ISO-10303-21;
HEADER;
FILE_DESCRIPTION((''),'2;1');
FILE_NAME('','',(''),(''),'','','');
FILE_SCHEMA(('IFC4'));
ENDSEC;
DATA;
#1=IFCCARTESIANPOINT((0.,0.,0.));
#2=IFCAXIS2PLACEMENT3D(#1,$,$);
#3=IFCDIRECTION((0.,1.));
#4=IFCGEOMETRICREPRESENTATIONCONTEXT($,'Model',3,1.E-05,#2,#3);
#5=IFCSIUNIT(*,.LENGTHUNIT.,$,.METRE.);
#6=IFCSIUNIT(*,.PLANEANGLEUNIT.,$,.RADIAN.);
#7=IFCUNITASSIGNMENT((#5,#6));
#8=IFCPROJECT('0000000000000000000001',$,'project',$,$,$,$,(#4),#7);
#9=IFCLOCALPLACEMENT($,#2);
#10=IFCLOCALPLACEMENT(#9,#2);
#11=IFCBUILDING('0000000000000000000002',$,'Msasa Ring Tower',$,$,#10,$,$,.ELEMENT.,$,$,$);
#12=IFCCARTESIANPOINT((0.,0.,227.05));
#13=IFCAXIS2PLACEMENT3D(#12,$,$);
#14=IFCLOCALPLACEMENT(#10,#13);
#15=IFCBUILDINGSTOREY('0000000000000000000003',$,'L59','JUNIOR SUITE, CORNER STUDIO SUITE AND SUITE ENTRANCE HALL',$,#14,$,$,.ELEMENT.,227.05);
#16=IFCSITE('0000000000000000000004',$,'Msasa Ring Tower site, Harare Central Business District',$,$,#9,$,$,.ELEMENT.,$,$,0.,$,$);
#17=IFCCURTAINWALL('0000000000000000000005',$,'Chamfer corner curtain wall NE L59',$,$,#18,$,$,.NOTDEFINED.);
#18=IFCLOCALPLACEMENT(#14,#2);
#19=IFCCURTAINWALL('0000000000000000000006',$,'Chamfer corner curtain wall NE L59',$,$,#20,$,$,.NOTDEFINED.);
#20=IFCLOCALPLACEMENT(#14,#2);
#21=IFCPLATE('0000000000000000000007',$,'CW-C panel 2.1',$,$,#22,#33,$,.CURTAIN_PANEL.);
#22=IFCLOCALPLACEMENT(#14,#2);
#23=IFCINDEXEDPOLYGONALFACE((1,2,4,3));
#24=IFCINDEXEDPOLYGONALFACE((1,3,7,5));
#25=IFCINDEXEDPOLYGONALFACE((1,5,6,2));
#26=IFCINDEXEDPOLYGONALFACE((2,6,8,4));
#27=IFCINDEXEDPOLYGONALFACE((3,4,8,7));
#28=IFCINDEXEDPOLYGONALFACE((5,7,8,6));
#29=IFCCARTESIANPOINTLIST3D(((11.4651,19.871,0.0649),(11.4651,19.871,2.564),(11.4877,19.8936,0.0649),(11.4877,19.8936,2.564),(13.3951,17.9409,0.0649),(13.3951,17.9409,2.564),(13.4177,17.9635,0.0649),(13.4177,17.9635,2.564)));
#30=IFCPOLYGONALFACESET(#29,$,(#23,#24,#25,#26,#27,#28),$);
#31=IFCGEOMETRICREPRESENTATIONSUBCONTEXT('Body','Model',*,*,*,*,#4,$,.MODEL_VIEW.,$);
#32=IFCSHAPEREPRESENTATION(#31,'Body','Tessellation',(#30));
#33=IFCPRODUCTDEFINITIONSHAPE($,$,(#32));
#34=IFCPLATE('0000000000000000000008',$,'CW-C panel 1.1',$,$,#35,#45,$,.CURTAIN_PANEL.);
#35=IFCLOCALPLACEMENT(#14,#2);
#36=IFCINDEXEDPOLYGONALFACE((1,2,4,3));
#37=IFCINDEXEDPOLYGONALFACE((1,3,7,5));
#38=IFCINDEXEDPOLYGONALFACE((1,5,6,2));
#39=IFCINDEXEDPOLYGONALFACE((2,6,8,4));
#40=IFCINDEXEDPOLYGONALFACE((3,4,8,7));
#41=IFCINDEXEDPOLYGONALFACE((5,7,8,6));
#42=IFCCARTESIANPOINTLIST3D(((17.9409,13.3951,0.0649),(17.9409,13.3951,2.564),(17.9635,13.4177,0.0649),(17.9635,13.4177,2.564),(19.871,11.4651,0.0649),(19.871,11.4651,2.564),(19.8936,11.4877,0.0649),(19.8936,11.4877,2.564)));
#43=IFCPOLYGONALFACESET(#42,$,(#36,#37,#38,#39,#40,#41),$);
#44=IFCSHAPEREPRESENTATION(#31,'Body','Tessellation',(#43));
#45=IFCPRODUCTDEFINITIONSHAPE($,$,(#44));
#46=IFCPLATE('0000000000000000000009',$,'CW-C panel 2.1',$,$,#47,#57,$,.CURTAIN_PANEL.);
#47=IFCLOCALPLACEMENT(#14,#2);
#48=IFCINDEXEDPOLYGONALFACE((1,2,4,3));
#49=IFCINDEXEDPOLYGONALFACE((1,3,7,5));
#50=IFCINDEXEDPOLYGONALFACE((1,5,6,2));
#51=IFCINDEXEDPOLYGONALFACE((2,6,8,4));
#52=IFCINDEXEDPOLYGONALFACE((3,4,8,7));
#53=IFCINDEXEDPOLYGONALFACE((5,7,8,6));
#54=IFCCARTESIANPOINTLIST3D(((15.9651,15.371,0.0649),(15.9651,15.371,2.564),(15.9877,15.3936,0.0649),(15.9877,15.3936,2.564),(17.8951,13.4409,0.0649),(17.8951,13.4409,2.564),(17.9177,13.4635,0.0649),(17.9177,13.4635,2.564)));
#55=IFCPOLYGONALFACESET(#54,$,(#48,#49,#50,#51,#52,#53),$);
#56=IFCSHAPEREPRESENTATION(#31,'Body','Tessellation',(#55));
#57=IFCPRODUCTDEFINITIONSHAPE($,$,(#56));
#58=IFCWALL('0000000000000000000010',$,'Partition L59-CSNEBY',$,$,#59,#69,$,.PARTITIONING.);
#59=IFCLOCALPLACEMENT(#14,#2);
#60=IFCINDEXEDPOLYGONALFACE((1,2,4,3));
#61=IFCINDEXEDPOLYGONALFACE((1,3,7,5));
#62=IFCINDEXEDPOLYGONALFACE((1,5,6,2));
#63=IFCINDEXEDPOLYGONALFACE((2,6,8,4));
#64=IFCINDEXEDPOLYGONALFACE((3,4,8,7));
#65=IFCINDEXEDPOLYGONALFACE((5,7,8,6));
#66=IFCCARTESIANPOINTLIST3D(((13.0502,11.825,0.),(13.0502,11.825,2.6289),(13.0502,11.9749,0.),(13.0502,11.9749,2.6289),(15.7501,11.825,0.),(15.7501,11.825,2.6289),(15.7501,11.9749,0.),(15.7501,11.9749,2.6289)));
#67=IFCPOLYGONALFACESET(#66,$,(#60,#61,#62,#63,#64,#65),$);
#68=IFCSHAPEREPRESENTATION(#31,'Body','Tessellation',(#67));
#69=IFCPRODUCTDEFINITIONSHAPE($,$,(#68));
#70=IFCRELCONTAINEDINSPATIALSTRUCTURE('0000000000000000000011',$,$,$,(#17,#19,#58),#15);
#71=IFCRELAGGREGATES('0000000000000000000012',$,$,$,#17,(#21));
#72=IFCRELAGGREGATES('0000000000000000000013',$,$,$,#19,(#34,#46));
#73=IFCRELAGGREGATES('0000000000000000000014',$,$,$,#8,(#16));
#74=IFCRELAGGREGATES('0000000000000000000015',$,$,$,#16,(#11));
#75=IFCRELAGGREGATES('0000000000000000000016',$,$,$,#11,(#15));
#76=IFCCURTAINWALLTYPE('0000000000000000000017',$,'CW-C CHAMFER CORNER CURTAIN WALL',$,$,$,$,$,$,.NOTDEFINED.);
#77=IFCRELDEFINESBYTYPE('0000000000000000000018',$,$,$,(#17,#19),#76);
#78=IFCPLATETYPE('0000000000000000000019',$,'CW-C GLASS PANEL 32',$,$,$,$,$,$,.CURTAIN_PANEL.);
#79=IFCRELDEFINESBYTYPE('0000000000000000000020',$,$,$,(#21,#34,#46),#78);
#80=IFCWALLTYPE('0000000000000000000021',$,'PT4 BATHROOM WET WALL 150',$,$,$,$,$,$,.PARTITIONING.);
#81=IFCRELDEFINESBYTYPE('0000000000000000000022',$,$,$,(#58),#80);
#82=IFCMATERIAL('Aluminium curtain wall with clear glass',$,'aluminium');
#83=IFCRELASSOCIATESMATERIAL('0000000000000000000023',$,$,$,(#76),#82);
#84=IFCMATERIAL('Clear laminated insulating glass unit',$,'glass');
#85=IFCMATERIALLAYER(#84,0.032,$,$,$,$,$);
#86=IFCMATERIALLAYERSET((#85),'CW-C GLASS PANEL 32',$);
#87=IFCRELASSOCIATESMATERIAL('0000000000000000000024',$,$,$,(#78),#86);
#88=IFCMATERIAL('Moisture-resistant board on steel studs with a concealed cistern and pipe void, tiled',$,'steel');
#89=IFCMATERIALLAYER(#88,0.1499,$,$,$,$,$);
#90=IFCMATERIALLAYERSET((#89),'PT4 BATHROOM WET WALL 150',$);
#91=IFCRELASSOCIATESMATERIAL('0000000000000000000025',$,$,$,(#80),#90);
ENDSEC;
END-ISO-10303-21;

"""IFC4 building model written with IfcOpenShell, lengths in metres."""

from ifc_helpers import new_model, si_unit, direction, frame, frame_2d, origin, origin_2d, place, context, subcontext, project, spatial, rectangle, extrude, material, layer, layer_set, type_object, element, aggregate, save


model = new_model("IFC4")

# Units and contexts
model_context = context("Model", 3, precision=1e-05, world=origin(), true_north=direction((0.0, 1.0)))
body_context = subcontext(model_context, "Body", "Model", "MODEL_VIEW")
ifc_project = project(units=[si_unit("LENGTHUNIT", "METRE"), si_unit("PLANEANGLEUNIT", "RADIAN")], contexts=[model_context])

# Site, building, storey
site_placement = place(None, origin())
site = spatial("IfcSite", under=ifc_project, at=site_placement, Name="Msasa Ring Tower site, Harare Central Business District", CompositionType="ELEMENT", RefElevation=0.0)
building_placement = place(site_placement, origin())
building = spatial("IfcBuilding", under=site, at=building_placement, Name="Msasa Ring Tower", CompositionType="ELEMENT")
storey_placement = place(building_placement, frame((0.0, 0.0, 227.05)))
storey = spatial("IfcBuildingStorey", under=building, at=storey_placement, Name="L59", Description="JUNIOR SUITE, CORNER STUDIO SUITE AND SUITE ENTRANCE HALL", CompositionType="ELEMENT", Elevation=227.05)

# Curtain walls
ifc_material_1 = material(Name="Aluminium curtain wall with clear glass", Category="aluminium")
curtain_wall_type = type_object("IfcCurtainWallType", Name="CW-C CHAMFER CORNER CURTAIN WALL", PredefinedType="NOTDEFINED", material=ifc_material_1)
curtain_wall_1_placement = place(storey_placement, origin())
curtain_wall_1 = element("IfcCurtainWall", 1, at=curtain_wall_1_placement, inside=storey, type_object=curtain_wall_type, Name="Chamfer corner curtain wall NE L59", PredefinedType="NOTDEFINED")
curtain_wall_2_placement = place(storey_placement, origin())
curtain_wall_2 = element("IfcCurtainWall", 2, at=curtain_wall_2_placement, inside=storey, type_object=curtain_wall_type, Name="Chamfer corner curtain wall NE L59", PredefinedType="NOTDEFINED")

# Plates
ifc_material_2 = material(Name="Clear laminated insulating glass unit", Category="glass")
ifc_layer_1 = layer(ifc_material_2, 0.032)
ifc_layer_set_1 = layer_set([ifc_layer_1], Name="CW-C GLASS PANEL 32")
plate_type = type_object("IfcPlateType", Name="CW-C GLASS PANEL 32", PredefinedType="CURTAIN_PANEL", material=ifc_layer_set_1)
plate_1_placement = place(storey_placement, frame((12.4414, 18.9172, 0.0649), z_axis=(0.0, 0.0, 1.0), x_axis=(-0.707107, 0.707107, 0.0)))
plate_1 = element("IfcPlate", 3, at=plate_1_placement, type_object=plate_type, Name="CW-C panel 2.1", PredefinedType="CURTAIN_PANEL", context=body_context, shape_type="SweptSolid", body=[
    extrude(rectangle(XDim=2.7295, YDim=0.032, at=origin_2d()), origin(), (0.0, 0.0, 1.0), 2.499),
])
aggregate(curtain_wall_1, [plate_1])
plate_2_placement = place(storey_placement, frame((18.9172, 12.4414, 0.0649), z_axis=(0.0, 0.0, 1.0), x_axis=(-0.707107, 0.707107, 0.0)))
plate_2 = element("IfcPlate", 4, at=plate_2_placement, type_object=plate_type, Name="CW-C panel 1.1", PredefinedType="CURTAIN_PANEL", context=body_context, shape_type="SweptSolid", body=[
    extrude(rectangle(XDim=2.7295, YDim=0.032, at=origin_2d()), origin(), (0.0, 0.0, 1.0), 2.499),
])
plate_3_placement = place(storey_placement, frame((16.9414, 14.4172, 0.0649), z_axis=(0.0, 0.0, 1.0), x_axis=(-0.707107, 0.707107, 0.0)))
plate_3 = element("IfcPlate", 5, at=plate_3_placement, type_object=plate_type, Name="CW-C panel 2.1", PredefinedType="CURTAIN_PANEL", context=body_context, shape_type="SweptSolid", body=[
    extrude(rectangle(XDim=2.7295, YDim=0.032, at=origin_2d()), origin(), (0.0, 0.0, 1.0), 2.499),
])
aggregate(curtain_wall_2, [plate_2, plate_3])

# Wall
ifc_material_3 = material(Name="Moisture-resistant board on steel studs with a concealed cistern and pipe void, tiled", Category="steel")
ifc_layer_2 = layer(ifc_material_3, 0.1499)
ifc_layer_set_2 = layer_set([ifc_layer_2], Name="PT4 BATHROOM WET WALL 150")
wall_type = type_object("IfcWallType", Name="PT4 BATHROOM WET WALL 150", PredefinedType="PARTITIONING", material=ifc_layer_set_2)
wall_placement = place(storey_placement, frame((13.05, 11.8999, 0.0), z_axis=(0.0, 0.0, 1.0), x_axis=(1.0, 0.0, 0.0)))
element("IfcWall", 6, at=wall_placement, inside=storey, type_object=wall_type, Name="Partition L59-CSNEBY", PredefinedType="PARTITIONING", context=body_context, shape_type="SweptSolid", body=[
    extrude(rectangle(XDim=2.7, YDim=0.1499, at=frame_2d((1.3501, 0.0))), origin(), (0.0, 0.0, 1.0), 2.6289),
])

save(model, "model.ifc")
